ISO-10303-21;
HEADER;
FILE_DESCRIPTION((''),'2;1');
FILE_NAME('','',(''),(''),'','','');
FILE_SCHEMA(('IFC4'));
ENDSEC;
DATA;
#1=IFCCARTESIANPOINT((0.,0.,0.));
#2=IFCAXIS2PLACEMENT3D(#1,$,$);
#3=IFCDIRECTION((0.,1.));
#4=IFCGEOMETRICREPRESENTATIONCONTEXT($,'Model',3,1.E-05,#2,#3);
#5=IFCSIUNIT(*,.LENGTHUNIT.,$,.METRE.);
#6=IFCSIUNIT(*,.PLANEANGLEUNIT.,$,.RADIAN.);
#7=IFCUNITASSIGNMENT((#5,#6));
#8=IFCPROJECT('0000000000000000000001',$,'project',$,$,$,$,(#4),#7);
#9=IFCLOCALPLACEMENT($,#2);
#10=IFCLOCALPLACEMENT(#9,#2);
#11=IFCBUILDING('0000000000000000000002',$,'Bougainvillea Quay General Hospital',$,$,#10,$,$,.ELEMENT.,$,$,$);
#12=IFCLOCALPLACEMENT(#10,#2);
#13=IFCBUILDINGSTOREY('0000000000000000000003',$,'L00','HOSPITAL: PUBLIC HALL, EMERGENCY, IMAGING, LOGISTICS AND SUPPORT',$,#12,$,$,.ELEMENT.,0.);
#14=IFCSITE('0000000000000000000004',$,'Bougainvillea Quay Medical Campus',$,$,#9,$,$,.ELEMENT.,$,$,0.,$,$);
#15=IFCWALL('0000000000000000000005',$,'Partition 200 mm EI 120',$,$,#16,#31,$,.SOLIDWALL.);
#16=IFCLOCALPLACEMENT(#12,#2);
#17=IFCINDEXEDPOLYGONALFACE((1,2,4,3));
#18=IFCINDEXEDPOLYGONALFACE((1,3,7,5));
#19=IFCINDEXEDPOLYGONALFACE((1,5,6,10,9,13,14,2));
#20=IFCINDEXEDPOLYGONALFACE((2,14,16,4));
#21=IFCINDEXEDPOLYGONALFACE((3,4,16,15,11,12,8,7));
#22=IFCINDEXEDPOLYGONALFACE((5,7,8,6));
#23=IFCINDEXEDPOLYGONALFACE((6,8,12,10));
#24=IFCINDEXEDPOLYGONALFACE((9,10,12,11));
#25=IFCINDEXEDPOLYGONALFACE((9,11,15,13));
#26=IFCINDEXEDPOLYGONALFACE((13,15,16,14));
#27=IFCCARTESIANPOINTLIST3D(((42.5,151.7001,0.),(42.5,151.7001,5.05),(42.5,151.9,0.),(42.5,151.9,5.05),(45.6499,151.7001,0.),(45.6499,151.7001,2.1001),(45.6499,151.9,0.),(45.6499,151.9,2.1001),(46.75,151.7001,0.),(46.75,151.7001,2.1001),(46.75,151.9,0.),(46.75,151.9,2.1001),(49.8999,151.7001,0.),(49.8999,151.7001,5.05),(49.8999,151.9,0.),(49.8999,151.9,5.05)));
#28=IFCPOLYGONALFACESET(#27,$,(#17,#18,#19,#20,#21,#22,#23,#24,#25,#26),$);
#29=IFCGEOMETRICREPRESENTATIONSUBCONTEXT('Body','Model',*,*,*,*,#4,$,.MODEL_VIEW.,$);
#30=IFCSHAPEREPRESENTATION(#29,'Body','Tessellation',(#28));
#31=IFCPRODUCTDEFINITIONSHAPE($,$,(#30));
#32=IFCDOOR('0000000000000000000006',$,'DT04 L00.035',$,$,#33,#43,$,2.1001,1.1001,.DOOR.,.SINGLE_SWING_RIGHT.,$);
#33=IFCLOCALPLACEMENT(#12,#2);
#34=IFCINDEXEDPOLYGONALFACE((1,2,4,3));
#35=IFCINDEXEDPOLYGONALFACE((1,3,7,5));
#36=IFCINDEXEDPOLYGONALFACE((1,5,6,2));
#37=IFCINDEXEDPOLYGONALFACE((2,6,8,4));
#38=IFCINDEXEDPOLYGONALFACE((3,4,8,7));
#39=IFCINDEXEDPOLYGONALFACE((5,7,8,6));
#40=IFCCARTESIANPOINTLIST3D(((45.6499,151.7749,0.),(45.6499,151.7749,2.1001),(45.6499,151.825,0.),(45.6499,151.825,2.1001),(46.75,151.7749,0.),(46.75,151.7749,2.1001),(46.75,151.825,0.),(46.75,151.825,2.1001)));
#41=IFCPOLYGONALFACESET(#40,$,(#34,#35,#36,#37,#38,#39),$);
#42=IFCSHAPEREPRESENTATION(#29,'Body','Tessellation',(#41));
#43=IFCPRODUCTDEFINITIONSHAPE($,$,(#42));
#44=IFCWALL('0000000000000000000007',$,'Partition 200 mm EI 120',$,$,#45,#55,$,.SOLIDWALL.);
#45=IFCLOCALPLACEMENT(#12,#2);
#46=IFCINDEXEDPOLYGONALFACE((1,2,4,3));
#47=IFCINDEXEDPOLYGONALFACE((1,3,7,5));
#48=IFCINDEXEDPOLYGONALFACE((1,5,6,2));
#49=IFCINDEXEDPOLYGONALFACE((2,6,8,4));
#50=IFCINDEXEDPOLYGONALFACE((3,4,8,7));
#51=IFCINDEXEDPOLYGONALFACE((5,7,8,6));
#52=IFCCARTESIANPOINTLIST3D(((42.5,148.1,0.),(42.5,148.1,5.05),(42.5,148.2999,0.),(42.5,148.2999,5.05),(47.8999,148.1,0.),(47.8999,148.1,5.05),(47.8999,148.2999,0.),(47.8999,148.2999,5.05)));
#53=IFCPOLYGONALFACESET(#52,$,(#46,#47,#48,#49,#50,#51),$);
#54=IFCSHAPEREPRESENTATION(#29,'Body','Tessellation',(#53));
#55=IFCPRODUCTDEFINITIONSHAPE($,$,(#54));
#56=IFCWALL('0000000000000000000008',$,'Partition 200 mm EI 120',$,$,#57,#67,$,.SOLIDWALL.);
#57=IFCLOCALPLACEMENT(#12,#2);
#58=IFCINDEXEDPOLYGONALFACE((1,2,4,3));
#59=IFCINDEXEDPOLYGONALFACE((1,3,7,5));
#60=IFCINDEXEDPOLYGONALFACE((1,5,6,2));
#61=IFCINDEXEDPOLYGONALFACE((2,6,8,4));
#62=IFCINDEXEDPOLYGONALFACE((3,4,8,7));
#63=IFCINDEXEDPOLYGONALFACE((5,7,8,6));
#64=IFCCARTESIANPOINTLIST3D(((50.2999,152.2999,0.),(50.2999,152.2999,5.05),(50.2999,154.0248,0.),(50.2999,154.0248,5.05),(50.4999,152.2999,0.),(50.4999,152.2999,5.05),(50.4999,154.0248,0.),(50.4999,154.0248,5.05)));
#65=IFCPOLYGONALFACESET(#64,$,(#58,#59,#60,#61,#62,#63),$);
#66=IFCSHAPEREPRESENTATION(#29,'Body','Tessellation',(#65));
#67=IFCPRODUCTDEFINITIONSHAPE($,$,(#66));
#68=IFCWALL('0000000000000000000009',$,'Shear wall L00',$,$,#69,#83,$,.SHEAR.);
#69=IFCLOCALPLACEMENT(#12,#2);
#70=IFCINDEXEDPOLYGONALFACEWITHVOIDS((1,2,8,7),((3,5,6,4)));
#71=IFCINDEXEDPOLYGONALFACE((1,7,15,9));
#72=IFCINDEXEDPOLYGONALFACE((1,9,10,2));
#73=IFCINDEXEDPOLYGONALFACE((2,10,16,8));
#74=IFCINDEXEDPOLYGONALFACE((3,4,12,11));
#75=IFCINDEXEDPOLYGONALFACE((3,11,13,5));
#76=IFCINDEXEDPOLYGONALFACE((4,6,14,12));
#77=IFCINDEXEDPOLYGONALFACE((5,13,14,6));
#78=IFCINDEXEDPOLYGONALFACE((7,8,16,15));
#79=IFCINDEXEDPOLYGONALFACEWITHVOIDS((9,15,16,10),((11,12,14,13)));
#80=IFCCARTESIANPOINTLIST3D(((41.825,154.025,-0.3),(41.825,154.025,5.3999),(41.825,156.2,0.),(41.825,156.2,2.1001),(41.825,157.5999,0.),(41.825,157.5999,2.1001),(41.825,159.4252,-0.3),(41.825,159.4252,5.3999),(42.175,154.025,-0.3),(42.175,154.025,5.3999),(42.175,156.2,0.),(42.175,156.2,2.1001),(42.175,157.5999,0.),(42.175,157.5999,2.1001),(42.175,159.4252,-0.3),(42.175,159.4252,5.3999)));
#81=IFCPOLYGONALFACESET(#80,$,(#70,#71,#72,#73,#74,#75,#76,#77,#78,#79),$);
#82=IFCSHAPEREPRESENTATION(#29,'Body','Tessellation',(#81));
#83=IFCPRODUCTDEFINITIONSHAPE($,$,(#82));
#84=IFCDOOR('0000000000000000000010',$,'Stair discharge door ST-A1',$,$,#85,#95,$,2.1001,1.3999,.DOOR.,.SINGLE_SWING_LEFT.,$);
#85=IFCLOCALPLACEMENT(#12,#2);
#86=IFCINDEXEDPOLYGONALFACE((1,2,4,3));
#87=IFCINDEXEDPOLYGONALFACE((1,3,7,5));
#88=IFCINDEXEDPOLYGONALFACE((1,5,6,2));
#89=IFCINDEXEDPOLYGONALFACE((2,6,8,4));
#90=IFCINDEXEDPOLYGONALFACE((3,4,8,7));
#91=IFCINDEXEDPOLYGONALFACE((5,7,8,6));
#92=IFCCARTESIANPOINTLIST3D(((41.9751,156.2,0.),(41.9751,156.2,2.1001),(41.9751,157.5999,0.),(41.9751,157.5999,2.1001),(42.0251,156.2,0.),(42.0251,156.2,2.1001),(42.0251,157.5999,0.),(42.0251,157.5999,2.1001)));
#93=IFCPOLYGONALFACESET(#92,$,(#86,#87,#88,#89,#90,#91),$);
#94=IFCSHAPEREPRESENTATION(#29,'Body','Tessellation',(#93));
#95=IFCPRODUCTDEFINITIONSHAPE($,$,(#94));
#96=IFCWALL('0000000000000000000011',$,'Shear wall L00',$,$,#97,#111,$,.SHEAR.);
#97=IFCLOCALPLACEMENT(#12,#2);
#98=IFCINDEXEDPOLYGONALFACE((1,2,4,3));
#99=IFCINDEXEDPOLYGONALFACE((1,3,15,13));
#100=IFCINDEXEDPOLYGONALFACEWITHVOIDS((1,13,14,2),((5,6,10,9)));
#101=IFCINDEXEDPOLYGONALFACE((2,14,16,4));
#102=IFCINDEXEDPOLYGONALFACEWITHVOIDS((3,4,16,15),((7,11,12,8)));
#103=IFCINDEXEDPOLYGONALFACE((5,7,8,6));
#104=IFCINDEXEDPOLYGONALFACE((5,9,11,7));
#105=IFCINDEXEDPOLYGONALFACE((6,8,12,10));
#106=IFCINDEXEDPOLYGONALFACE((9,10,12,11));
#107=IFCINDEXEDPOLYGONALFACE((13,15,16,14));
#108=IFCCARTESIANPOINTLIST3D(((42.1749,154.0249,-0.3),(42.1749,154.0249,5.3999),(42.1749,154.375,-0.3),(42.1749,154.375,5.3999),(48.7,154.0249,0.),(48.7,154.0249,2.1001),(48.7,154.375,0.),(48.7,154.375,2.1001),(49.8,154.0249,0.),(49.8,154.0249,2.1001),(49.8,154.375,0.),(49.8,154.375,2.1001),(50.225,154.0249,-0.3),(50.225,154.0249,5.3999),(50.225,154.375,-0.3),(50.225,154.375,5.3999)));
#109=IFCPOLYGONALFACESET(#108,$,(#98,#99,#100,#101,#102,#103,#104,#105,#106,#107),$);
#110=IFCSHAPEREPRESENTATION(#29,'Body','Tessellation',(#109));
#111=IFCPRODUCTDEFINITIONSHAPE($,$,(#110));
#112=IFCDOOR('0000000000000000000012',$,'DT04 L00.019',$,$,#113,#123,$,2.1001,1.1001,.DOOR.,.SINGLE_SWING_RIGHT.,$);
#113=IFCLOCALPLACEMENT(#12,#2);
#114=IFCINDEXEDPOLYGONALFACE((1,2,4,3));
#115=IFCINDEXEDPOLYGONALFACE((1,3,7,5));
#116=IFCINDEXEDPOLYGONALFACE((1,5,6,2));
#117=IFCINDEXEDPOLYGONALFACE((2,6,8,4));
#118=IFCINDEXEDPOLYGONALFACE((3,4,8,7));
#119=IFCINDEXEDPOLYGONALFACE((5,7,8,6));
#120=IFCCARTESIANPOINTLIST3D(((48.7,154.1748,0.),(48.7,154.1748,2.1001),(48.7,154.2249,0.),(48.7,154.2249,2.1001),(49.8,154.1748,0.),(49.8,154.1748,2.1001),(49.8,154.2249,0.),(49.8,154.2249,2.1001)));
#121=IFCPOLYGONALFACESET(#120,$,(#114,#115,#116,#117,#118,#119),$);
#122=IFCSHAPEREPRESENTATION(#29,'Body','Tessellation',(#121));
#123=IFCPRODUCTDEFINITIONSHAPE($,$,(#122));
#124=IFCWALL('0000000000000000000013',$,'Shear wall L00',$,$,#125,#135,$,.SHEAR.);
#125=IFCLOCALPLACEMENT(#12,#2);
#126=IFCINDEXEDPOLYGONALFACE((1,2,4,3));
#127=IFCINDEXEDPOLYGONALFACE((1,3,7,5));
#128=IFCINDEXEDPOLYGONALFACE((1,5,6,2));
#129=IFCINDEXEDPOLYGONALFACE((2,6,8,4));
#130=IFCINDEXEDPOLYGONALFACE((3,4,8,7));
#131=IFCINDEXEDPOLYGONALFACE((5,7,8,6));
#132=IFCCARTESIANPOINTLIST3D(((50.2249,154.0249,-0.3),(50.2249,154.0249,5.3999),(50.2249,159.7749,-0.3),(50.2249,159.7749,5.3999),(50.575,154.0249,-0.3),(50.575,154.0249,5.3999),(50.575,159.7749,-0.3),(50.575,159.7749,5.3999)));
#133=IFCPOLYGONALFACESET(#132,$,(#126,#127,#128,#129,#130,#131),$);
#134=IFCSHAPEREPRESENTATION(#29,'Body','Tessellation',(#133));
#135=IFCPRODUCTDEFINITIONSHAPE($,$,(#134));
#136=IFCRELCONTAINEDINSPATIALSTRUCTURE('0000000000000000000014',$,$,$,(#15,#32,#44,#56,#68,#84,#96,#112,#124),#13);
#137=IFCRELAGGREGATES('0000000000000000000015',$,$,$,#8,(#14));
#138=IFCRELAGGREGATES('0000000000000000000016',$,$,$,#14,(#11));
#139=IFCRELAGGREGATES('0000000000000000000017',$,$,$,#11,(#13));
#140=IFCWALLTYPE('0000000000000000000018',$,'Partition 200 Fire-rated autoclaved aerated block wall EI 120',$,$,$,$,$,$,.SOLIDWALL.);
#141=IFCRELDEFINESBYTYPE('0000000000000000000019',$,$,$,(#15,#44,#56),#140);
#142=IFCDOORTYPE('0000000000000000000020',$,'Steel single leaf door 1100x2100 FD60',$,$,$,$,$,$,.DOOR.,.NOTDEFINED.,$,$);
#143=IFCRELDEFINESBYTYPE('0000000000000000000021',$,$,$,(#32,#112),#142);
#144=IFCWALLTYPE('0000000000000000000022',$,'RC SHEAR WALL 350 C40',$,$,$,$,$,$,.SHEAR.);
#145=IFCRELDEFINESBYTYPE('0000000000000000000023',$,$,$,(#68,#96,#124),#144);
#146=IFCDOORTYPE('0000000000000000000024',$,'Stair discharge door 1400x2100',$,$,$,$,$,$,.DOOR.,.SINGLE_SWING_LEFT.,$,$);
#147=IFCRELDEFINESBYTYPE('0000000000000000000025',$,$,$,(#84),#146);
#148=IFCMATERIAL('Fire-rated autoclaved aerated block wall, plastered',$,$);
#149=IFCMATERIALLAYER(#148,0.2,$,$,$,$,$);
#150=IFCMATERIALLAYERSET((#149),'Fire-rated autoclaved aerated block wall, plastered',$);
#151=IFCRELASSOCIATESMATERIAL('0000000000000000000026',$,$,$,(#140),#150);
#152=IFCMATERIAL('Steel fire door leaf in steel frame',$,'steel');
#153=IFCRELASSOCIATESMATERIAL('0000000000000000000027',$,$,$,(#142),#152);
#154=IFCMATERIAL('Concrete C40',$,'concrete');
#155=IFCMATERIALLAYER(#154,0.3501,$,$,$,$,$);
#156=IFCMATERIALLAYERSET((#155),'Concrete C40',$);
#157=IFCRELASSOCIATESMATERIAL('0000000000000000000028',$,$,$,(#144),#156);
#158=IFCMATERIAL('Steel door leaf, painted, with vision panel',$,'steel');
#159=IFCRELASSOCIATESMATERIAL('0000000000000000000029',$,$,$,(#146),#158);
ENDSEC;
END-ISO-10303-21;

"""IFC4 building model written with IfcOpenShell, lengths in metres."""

from ifc_helpers import new_model, si_unit, direction, frame, frame_2d, origin, place, context, subcontext, project, spatial, rectangle, extrude, material, layer, layer_set, type_object, element, fill, save


model = new_model("IFC4")

# Units and contexts
model_context = context("Model", 3, precision=1e-05, world=origin(), true_north=direction((0.0, 1.0)))
body_context = subcontext(model_context, "Body", "Model", "MODEL_VIEW")
ifc_project = project(units=[si_unit("LENGTHUNIT", "METRE"), si_unit("PLANEANGLEUNIT", "RADIAN")], contexts=[model_context])

# Site, building, storey
site_placement = place(None, origin())
site = spatial("IfcSite", under=ifc_project, at=site_placement, Name="Bougainvillea Quay Medical Campus", CompositionType="ELEMENT", RefElevation=0.0)
building_placement = place(site_placement, origin())
building = spatial("IfcBuilding", under=site, at=building_placement, Name="Bougainvillea Quay General Hospital", CompositionType="ELEMENT")
storey_placement = place(building_placement, origin())
storey = spatial("IfcBuildingStorey", under=building, at=storey_placement, Name="L00", Description="HOSPITAL: PUBLIC HALL, EMERGENCY, IMAGING, LOGISTICS AND SUPPORT", CompositionType="ELEMENT", Elevation=0.0)

# Shared definitions
ifc_material_1 = material(Name="Concrete C40", Category="concrete")

# Wall, opening, door
ifc_material_2 = material(Name="Fire-rated autoclaved aerated block wall, plastered")
ifc_layer_1 = layer(ifc_material_2, 0.2)
ifc_layer_set_1 = layer_set([ifc_layer_1], Name="Fire-rated autoclaved aerated block wall, plastered")
wall_type_1 = type_object("IfcWallType", Name="Partition 200 Fire-rated autoclaved aerated block wall EI 120", PredefinedType="SOLIDWALL", material=ifc_layer_set_1)
wall_1_placement = place(storey_placement, frame((42.5, 151.8, 0.0), z_axis=(0.0, 0.0, 1.0), x_axis=(1.0, 0.0, 0.0)))
wall_1 = element("IfcWall", 1, at=wall_1_placement, inside=storey, type_object=wall_type_1, Name="Partition 200 mm EI 120", PredefinedType="SOLIDWALL", context=body_context, shape_type="SweptSolid", body=[
    extrude(rectangle(XDim=7.3999, YDim=0.2, at=frame_2d((3.7, 0.0))), origin(), (0.0, 0.0, 1.0), 5.05),
])
opening_1_placement = place(wall_1_placement, frame((3.1499, 0.0, 0.0)))
opening_1 = element("IfcOpeningElement", 2, at=opening_1_placement, cuts=wall_1, PredefinedType="OPENING", context=body_context, shape_type="SweptSolid", body=[
    extrude(rectangle(XDim=1.1001, YDim=2.1001, at=frame_2d((0.55, 1.05))), frame((0.0, 0.1099, 0.0), z_axis=(0.0, -1.0, 0.0), x_axis=(1.0, 0.0, 0.0)), (0.0, 0.0, 1.0), 0.22),
])
ifc_material_3 = material(Name="Steel fire door leaf in steel frame", Category="steel")
door_type_1 = type_object("IfcDoorType", Name="Steel single leaf door 1100x2100 FD60", OperationType="NOTDEFINED", PredefinedType="DOOR", material=ifc_material_3)
door_1_placement = place(opening_1_placement, origin())
door_1 = element("IfcDoor", 3, at=door_1_placement, inside=storey, type_object=door_type_1, Name="DT04 L00.035", OperationType="SINGLE_SWING_RIGHT", OverallHeight=2.1001, OverallWidth=1.1001, PredefinedType="DOOR", context=body_context, shape_type="SweptSolid", body=[
    extrude(rectangle(XDim=1.1001, YDim=2.1001, at=frame_2d((0.55, 1.05))), frame((0.0, 0.0249, 0.0), z_axis=(0.0, -1.0, 0.0), x_axis=(1.0, 0.0, 0.0)), (0.0, 0.0, 1.0), 0.05),
])
fill(opening_1, door_1)

# Walls
wall_2_placement = place(storey_placement, frame((42.5, 148.2, 0.0), z_axis=(0.0, 0.0, 1.0), x_axis=(1.0, 0.0, 0.0)))
element("IfcWall", 4, at=wall_2_placement, inside=storey, type_object=wall_type_1, Name="Partition 200 mm EI 120", PredefinedType="SOLIDWALL", context=body_context, shape_type="SweptSolid", body=[
    extrude(rectangle(XDim=5.3999, YDim=0.2, at=frame_2d((2.7, 0.0))), origin(), (0.0, 0.0, 1.0), 5.05),
])
wall_3_placement = place(storey_placement, frame((50.3999, 152.3, 0.0), z_axis=(0.0, 0.0, 1.0), x_axis=(0.0, 1.0, 0.0)))
element("IfcWall", 5, at=wall_3_placement, inside=storey, type_object=wall_type_1, Name="Partition 200 mm EI 120", PredefinedType="SOLIDWALL", context=body_context, shape_type="SweptSolid", body=[
    extrude(rectangle(XDim=1.7249, YDim=0.2, at=frame_2d((0.8623, 0.0))), origin(), (0.0, 0.0, 1.0), 5.05),
])

# Walls, openings, doors
ifc_layer_2 = layer(ifc_material_1, 0.3501)
ifc_layer_set_2 = layer_set([ifc_layer_2], Name="Concrete C40")
wall_type_2 = type_object("IfcWallType", Name="RC SHEAR WALL 350 C40", PredefinedType="SHEAR", material=ifc_layer_set_2)
wall_4_placement = place(storey_placement, frame((42.0, 154.0249, -0.3), z_axis=(0.0, 0.0, 1.0), x_axis=(0.0, 1.0, 0.0)))
wall_4 = element("IfcWall", 6, at=wall_4_placement, inside=storey, type_object=wall_type_2, Name="Shear wall L00", PredefinedType="SHEAR", context=body_context, shape_type="SweptSolid", body=[
    extrude(rectangle(XDim=5.4001, YDim=0.3501, at=frame_2d((2.7002, 0.0))), origin(), (0.0, 0.0, 1.0), 5.7),
])
opening_2_placement = place(wall_4_placement, frame((2.175, 0.0, 0.3)))
opening_2 = element("IfcOpeningElement", 7, at=opening_2_placement, cuts=wall_4, PredefinedType="OPENING", context=body_context, shape_type="SweptSolid", body=[
    extrude(rectangle(XDim=1.3999, YDim=2.1001, at=frame_2d((0.7, 1.05))), frame((0.0, 0.1851, 0.0), z_axis=(0.0, -1.0, 0.0), x_axis=(1.0, 0.0, 0.0)), (0.0, 0.0, 1.0), 0.3701),
])
ifc_material_4 = material(Name="Steel door leaf, painted, with vision panel", Category="steel")
door_type_2 = type_object("IfcDoorType", Name="Stair discharge door 1400x2100", OperationType="SINGLE_SWING_LEFT", PredefinedType="DOOR", material=ifc_material_4)
door_2_placement = place(opening_2_placement, origin())
door_2 = element("IfcDoor", 8, at=door_2_placement, inside=storey, type_object=door_type_2, Name="Stair discharge door ST-A1", OperationType="SINGLE_SWING_LEFT", OverallHeight=2.1001, OverallWidth=1.3999, PredefinedType="DOOR", context=body_context, shape_type="SweptSolid", body=[
    extrude(rectangle(XDim=1.3999, YDim=2.1001, at=frame_2d((0.7, 1.05))), frame((0.0, 0.0249, 0.0), z_axis=(0.0, -1.0, 0.0), x_axis=(1.0, 0.0, 0.0)), (0.0, 0.0, 1.0), 0.05),
])
fill(opening_2, door_2)
wall_5_placement = place(storey_placement, frame((42.175, 154.2, -0.3), z_axis=(0.0, 0.0, 1.0), x_axis=(1.0, 0.0, 0.0)))
wall_5 = element("IfcWall", 9, at=wall_5_placement, inside=storey, type_object=wall_type_2, Name="Shear wall L00", PredefinedType="SHEAR", context=body_context, shape_type="SweptSolid", body=[
    extrude(rectangle(XDim=8.05, YDim=0.3501, at=frame_2d((4.0249, 0.0))), origin(), (0.0, 0.0, 1.0), 5.7),
])
opening_3_placement = place(wall_5_placement, frame((6.5249, 0.0, 0.3)))
opening_3 = element("IfcOpeningElement", 10, at=opening_3_placement, cuts=wall_5, PredefinedType="OPENING", context=body_context, shape_type="SweptSolid", body=[
    extrude(rectangle(XDim=1.1001, YDim=2.1001, at=frame_2d((0.55, 1.05))), frame((0.0, 0.1851, 0.0), z_axis=(0.0, -1.0, 0.0), x_axis=(1.0, 0.0, 0.0)), (0.0, 0.0, 1.0), 0.3701),
])
door_3_placement = place(opening_3_placement, origin())
door_3 = element("IfcDoor", 11, at=door_3_placement, inside=storey, type_object=door_type_1, Name="DT04 L00.019", OperationType="SINGLE_SWING_RIGHT", OverallHeight=2.1001, OverallWidth=1.1001, PredefinedType="DOOR", context=body_context, shape_type="SweptSolid", body=[
    extrude(rectangle(XDim=1.1001, YDim=2.1001, at=frame_2d((0.55, 1.05))), frame((0.0, 0.0249, 0.0), z_axis=(0.0, -1.0, 0.0), x_axis=(1.0, 0.0, 0.0)), (0.0, 0.0, 1.0), 0.05),
])
fill(opening_3, door_3)

# Wall
wall_6_placement = place(storey_placement, frame((50.3999, 154.0249, -0.3), z_axis=(0.0, 0.0, 1.0), x_axis=(0.0, 1.0, 0.0)))
element("IfcWall", 12, at=wall_6_placement, inside=storey, type_object=wall_type_2, Name="Shear wall L00", PredefinedType="SHEAR", context=body_context, shape_type="SweptSolid", body=[
    extrude(rectangle(XDim=5.75, YDim=0.3501, at=frame_2d((2.875, 0.0))), origin(), (0.0, 0.0, 1.0), 5.7),
])

save(model, "model.ifc")
